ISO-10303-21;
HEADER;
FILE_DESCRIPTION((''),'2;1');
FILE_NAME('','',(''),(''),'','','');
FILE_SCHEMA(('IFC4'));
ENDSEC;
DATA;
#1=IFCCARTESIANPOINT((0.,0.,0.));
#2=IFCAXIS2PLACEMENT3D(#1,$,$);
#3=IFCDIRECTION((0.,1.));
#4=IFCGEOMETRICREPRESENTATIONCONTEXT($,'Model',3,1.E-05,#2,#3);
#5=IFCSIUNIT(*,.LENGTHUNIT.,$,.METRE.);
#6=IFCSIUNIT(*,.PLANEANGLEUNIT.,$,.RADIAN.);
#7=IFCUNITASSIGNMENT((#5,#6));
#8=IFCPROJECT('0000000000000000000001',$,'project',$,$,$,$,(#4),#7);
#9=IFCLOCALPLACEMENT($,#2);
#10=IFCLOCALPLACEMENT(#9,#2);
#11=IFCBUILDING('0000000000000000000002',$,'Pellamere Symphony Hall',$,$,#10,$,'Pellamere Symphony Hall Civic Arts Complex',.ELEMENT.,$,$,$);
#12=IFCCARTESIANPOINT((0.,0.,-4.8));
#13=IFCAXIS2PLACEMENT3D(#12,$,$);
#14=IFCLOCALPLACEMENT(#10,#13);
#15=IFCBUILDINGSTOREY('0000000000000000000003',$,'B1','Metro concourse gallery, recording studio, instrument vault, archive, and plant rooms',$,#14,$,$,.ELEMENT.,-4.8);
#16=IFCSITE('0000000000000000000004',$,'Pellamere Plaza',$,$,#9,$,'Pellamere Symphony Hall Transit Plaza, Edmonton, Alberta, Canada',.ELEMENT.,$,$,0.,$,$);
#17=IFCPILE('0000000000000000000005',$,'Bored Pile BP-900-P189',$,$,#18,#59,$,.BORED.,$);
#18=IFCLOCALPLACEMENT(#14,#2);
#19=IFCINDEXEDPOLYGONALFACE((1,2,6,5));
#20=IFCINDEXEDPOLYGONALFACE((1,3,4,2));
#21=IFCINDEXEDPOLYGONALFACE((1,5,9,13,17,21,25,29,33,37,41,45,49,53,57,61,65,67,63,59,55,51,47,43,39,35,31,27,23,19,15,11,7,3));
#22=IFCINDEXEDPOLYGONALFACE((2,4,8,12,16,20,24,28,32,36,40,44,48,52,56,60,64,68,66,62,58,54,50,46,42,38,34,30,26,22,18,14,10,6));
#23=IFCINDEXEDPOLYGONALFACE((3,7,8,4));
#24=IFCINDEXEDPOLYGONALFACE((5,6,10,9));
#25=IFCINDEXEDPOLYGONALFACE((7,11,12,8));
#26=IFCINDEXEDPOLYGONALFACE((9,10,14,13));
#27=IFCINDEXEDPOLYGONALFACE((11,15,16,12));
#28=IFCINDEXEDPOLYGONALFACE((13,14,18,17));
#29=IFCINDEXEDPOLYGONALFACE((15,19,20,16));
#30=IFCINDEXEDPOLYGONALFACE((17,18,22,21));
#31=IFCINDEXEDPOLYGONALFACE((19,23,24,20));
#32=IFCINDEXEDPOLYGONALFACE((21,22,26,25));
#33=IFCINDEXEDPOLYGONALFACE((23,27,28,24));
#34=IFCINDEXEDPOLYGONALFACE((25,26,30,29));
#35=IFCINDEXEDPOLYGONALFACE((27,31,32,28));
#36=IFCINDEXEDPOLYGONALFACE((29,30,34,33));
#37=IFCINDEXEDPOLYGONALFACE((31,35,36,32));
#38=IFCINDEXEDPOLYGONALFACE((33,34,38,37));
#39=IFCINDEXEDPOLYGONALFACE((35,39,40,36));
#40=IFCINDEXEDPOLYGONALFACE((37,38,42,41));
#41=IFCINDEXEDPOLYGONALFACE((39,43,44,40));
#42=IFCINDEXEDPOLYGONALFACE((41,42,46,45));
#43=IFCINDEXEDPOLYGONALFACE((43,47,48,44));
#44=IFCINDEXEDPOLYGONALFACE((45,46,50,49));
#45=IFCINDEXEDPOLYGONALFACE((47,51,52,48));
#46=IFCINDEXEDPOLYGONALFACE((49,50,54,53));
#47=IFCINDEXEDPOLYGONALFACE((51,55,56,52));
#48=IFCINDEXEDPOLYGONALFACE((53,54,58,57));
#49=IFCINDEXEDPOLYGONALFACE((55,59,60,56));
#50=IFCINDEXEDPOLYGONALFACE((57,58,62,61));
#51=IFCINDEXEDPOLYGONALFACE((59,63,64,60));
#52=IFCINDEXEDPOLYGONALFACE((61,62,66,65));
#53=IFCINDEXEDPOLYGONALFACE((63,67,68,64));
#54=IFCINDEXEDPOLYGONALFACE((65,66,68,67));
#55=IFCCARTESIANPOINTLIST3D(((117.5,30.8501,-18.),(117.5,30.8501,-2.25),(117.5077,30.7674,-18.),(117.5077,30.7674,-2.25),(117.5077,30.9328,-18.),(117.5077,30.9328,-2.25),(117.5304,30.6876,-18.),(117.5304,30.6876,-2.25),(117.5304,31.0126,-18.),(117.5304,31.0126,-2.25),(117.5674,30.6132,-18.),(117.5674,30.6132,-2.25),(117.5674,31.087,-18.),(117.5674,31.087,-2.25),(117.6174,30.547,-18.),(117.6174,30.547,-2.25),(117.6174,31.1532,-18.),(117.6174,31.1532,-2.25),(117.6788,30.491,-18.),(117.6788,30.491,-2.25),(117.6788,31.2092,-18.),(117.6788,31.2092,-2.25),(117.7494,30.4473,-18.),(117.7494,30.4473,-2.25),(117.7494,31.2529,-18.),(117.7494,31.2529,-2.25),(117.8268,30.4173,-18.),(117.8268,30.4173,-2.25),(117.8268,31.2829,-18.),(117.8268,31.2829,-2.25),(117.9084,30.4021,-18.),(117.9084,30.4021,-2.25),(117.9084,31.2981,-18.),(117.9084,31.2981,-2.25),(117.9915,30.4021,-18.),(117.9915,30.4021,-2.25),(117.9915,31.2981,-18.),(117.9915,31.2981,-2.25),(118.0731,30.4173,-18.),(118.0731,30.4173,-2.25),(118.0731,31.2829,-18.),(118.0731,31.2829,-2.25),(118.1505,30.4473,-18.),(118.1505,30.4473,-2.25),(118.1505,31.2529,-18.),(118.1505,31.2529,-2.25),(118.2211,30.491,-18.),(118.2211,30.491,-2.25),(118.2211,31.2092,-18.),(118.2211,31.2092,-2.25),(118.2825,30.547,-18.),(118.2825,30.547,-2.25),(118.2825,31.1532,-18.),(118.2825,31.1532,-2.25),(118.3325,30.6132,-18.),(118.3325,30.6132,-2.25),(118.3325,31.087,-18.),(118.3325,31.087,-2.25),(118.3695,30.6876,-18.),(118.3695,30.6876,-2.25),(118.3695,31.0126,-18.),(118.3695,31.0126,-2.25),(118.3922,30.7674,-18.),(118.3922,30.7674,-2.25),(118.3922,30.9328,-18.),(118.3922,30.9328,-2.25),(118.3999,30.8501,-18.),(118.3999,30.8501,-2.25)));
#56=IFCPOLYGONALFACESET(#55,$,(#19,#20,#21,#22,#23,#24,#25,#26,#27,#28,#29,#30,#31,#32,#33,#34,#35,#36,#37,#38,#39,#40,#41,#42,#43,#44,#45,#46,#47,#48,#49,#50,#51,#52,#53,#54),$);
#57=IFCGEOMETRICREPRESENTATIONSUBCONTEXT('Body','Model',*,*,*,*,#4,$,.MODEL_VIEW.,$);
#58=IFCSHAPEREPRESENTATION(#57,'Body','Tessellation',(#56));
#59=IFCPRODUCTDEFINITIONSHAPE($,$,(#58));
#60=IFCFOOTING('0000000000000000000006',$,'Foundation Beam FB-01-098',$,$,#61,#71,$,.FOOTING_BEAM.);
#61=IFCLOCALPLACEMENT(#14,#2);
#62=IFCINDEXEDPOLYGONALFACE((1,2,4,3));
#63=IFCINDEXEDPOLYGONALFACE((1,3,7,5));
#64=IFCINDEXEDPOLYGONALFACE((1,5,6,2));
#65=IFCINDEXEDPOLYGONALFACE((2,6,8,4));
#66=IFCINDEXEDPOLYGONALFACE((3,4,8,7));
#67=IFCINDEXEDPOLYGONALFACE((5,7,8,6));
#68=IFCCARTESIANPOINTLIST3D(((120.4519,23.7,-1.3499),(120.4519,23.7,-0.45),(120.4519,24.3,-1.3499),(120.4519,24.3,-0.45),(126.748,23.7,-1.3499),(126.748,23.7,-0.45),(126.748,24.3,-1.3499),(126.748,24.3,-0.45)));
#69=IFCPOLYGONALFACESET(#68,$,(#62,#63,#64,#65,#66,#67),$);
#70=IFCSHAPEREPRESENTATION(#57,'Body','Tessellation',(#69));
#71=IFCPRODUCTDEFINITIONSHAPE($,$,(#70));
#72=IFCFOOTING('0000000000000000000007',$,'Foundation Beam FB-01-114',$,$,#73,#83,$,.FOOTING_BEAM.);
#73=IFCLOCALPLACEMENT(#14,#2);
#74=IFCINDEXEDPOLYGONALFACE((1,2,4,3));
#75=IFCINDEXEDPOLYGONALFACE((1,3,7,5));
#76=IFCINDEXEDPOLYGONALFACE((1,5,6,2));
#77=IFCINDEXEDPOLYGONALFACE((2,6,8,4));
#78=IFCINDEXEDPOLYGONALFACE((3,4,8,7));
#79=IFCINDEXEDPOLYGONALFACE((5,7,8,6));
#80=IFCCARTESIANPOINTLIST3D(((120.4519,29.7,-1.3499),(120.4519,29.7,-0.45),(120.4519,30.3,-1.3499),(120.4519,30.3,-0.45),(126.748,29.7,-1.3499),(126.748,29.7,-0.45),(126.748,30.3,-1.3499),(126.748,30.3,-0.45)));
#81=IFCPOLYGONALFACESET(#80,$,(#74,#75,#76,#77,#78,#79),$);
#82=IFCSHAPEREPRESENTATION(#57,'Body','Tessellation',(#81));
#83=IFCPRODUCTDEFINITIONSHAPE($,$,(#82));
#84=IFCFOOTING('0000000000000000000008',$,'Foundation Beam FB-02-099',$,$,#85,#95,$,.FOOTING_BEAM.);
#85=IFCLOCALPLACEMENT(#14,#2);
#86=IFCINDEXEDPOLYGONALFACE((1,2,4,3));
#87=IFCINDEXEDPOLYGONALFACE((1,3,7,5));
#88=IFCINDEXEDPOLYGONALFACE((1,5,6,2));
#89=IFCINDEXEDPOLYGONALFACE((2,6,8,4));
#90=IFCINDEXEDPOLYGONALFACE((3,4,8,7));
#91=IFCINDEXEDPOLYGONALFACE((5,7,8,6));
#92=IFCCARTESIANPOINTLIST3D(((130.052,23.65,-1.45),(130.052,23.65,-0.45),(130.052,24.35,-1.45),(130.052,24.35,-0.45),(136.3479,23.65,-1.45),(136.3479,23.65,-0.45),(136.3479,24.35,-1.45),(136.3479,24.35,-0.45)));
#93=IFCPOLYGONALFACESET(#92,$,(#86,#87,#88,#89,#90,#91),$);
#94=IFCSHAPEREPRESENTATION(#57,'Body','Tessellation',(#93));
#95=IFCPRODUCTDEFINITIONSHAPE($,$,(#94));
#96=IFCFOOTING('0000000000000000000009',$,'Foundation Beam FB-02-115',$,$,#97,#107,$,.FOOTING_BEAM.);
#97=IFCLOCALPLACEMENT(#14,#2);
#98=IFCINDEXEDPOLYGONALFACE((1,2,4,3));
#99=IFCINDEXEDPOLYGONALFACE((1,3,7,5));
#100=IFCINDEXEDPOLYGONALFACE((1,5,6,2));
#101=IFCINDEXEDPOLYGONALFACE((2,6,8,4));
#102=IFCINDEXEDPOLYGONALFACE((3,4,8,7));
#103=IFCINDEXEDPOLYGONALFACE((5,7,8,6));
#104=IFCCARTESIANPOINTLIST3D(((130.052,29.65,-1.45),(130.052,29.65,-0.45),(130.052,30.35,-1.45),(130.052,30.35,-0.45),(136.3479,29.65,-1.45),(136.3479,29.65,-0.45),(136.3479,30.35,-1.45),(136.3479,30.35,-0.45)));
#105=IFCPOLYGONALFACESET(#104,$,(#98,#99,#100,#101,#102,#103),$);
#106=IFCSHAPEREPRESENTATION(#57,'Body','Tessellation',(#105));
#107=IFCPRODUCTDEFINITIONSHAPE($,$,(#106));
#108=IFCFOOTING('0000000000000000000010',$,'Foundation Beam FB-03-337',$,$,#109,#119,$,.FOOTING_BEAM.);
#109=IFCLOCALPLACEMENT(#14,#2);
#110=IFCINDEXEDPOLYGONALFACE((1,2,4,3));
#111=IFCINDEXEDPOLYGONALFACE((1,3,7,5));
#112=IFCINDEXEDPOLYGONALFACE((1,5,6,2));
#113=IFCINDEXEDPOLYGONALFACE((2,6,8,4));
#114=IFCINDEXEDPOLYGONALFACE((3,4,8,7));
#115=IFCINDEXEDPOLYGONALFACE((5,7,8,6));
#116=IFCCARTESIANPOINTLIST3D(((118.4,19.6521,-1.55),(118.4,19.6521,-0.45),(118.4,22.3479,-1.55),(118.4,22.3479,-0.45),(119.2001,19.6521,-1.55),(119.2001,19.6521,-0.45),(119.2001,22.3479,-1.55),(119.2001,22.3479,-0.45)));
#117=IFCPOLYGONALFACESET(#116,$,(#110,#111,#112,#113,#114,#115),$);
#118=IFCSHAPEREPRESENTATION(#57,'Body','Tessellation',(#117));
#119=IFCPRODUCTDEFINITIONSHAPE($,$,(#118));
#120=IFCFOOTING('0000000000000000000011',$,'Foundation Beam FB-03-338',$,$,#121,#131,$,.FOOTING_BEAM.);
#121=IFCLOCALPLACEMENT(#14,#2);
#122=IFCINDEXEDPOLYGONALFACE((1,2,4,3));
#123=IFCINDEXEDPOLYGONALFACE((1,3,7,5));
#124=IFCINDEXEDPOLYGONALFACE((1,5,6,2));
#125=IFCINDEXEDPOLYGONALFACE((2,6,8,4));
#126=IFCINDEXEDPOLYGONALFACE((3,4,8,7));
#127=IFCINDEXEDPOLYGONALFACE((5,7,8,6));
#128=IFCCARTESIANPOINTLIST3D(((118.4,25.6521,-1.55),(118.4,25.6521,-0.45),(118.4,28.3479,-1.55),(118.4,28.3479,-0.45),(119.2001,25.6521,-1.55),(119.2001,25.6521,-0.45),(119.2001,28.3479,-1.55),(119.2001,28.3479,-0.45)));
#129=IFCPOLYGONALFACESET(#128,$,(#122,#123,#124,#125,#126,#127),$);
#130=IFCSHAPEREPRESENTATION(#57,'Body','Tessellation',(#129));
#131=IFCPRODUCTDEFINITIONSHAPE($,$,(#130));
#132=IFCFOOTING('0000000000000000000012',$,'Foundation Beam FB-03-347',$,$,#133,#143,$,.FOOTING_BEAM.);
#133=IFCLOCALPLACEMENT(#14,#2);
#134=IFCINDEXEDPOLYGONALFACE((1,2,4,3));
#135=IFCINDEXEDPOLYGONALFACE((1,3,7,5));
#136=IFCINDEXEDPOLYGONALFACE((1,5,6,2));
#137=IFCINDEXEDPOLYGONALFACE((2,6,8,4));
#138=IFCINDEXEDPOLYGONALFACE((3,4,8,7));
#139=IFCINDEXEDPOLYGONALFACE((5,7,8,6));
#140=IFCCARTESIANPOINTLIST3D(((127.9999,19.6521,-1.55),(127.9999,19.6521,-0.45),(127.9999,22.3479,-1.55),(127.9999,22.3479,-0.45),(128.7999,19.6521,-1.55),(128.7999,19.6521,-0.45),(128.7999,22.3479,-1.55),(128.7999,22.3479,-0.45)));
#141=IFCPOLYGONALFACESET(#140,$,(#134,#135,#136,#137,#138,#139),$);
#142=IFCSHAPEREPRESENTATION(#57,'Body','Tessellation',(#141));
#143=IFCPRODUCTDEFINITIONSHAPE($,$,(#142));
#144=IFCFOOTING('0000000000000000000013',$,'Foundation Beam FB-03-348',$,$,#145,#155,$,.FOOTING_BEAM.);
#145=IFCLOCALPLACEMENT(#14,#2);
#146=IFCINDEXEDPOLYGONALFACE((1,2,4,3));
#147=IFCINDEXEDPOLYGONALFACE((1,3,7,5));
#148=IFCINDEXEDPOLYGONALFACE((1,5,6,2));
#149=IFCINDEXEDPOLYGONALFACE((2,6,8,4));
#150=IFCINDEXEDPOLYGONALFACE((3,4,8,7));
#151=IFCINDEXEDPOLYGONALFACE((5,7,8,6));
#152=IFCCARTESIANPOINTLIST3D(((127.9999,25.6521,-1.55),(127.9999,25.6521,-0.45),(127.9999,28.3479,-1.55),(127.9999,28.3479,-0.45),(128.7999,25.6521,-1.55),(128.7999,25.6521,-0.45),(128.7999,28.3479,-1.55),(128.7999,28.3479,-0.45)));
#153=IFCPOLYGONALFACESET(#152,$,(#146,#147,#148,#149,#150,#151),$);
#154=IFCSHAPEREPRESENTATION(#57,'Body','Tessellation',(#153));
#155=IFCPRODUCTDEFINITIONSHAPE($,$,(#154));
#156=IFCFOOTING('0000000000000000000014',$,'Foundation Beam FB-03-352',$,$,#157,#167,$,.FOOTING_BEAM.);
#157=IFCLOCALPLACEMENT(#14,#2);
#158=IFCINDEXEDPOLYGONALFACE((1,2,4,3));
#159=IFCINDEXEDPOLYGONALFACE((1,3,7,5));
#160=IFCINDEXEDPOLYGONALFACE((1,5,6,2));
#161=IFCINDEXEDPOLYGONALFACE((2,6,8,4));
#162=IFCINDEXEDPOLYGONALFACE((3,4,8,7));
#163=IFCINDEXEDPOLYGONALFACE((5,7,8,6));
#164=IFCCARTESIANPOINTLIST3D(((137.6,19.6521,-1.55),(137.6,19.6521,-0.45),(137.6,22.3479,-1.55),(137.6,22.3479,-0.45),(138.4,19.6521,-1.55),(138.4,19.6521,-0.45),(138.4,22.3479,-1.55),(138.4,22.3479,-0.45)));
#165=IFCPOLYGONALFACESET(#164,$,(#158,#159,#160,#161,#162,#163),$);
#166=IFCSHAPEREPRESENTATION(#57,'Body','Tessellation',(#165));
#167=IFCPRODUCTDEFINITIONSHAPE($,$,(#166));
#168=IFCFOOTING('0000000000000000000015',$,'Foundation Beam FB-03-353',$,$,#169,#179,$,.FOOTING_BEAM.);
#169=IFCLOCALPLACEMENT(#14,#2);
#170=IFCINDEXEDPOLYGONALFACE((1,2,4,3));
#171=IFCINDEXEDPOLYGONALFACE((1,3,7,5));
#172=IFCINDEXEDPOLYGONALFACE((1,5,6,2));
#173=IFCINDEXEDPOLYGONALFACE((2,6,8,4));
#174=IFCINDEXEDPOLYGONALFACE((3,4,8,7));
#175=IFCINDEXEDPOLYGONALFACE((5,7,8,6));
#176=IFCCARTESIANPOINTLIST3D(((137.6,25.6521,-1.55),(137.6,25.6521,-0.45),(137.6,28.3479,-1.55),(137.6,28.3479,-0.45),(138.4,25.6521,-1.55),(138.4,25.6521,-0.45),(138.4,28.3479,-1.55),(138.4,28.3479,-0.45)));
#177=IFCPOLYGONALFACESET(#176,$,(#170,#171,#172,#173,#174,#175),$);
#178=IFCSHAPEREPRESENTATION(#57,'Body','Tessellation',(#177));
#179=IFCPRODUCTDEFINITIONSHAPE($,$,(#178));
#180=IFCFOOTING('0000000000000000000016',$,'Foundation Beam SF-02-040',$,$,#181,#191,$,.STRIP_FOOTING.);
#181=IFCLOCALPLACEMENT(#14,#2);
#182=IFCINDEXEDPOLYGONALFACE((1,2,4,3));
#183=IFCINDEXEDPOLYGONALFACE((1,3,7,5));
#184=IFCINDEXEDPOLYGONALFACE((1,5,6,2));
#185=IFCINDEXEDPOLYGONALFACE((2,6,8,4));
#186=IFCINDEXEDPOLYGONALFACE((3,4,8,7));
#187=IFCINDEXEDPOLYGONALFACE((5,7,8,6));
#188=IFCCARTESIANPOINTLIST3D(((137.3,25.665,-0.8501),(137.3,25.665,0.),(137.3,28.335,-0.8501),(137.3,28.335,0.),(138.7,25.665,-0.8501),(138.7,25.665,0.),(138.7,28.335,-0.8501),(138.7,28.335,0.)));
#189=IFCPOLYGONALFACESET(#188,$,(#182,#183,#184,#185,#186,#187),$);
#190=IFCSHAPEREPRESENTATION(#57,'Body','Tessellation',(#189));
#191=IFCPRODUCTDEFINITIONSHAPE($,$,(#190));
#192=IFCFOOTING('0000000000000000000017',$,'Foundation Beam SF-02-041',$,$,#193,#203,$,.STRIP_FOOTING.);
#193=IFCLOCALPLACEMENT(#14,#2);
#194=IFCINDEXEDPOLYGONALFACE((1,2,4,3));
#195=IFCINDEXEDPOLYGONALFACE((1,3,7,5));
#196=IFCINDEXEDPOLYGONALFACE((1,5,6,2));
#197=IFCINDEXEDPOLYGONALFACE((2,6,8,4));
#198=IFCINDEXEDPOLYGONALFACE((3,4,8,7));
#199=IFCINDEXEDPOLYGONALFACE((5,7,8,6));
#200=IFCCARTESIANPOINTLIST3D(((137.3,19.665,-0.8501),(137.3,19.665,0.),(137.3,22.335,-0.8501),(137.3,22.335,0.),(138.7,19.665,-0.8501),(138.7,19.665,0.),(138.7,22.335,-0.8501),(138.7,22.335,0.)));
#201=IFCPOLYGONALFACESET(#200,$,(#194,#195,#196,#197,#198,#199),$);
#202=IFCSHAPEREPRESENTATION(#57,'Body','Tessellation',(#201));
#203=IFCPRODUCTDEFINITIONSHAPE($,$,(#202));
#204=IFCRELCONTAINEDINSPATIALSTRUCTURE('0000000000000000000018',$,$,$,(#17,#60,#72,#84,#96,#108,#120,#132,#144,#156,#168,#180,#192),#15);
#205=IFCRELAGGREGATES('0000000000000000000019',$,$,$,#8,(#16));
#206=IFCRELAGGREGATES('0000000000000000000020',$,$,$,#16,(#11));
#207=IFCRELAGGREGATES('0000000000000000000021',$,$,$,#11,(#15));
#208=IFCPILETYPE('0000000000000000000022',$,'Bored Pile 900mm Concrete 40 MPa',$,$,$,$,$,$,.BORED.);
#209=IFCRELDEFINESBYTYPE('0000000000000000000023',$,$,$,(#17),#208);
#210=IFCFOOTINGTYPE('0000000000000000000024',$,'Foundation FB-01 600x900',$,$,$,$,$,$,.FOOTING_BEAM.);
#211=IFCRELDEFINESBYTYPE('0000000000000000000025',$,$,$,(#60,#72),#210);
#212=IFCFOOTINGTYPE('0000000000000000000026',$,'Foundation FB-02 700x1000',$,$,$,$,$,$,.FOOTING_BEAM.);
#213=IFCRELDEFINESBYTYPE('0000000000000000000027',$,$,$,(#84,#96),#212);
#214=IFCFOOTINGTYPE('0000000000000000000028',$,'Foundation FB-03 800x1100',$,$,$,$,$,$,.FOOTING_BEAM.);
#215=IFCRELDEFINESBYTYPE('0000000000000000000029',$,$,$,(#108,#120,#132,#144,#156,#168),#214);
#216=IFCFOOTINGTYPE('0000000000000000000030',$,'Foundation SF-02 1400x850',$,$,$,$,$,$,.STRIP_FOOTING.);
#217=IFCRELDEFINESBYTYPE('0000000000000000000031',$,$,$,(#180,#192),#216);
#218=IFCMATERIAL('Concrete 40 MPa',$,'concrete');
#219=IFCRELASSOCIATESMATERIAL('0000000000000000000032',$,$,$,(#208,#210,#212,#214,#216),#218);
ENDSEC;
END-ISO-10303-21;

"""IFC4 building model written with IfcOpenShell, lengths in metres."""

from ifc_helpers import new_model, si_unit, direction, frame, origin, origin_2d, place, context, subcontext, project, spatial, rectangle, circle, extrude, material, material_profile, profile_set, type_object, element, save


model = new_model("IFC4")

# Units and contexts
model_context = context("Model", 3, precision=1e-05, world=origin(), true_north=direction((0.0, 1.0)))
body_context = subcontext(model_context, "Body", "Model", "MODEL_VIEW")
ifc_project = project(units=[si_unit("LENGTHUNIT", "METRE"), si_unit("PLANEANGLEUNIT", "RADIAN")], contexts=[model_context])

# Site, building, storey
site_placement = place(None, origin())
site = spatial("IfcSite", under=ifc_project, at=site_placement, Name="Pellamere Plaza", LongName="Pellamere Symphony Hall Transit Plaza, Edmonton, Alberta, Canada", CompositionType="ELEMENT", RefElevation=0.0)
building_placement = place(site_placement, origin())
building = spatial("IfcBuilding", under=site, at=building_placement, Name="Pellamere Symphony Hall", LongName="Pellamere Symphony Hall Civic Arts Complex", CompositionType="ELEMENT")
storey_placement = place(building_placement, frame((0.0, 0.0, -4.8)))
storey = spatial("IfcBuildingStorey", under=building, at=storey_placement, Name="B1", Description="Metro concourse gallery, recording studio, instrument vault, archive, and plant rooms", CompositionType="ELEMENT", Elevation=-4.8)

# Pile
ifc_material_1 = material(Name="Concrete 40 MPa", Category="concrete")
ifc_material_profile_1 = material_profile(ifc_material_1, circle(Radius=0.45, at=origin_2d()), Name="PILE D900")
ifc_profile_set_1 = profile_set([ifc_material_profile_1], Name="Concrete 40 MPa")
pile_type_1 = type_object("IfcPileType", Name="Bored Pile 900mm Concrete 40 MPa", PredefinedType="BORED", material=ifc_profile_set_1)
pile_1_placement = place(storey_placement, frame((117.95, 30.8501, -2.25), z_axis=(0.0, 0.0, -1.0), x_axis=(1.0, 0.0, 0.0)))
element("IfcPile", 1, at=pile_1_placement, inside=storey, type_object=pile_type_1, Name="Bored Pile BP-900-P189", PredefinedType="BORED", context=body_context, shape_type="SweptSolid", body=[
    extrude(circle(Radius=0.45, at=origin_2d()), origin(), (0.0, 0.0, 1.0), 15.75),
])

# Footings
ifc_material_profile_2 = material_profile(ifc_material_1, rectangle(XDim=0.6001, YDim=0.8999, at=origin_2d()), Name="RC 600x900")
ifc_profile_set_2 = profile_set([ifc_material_profile_2], Name="Concrete 40 MPa")
footing_type_1 = type_object("IfcFootingType", Name="Foundation FB-01 600x900", PredefinedType="FOOTING_BEAM", material=ifc_profile_set_2)
for number, where, z_axis, x_axis, name in (
    (2, (120.4519, 24.0, -0.8999), (1.0, 0.0, 0.0), (0.0, 1.0, 0.0), "Foundation Beam FB-01-098"),
    (3, (120.4519, 30.0, -0.8999), (1.0, 0.0, 0.0), (0.0, 1.0, 0.0), "Foundation Beam FB-01-114"),
):
    element("IfcFooting", number, at=place(storey_placement, frame(where, z_axis=z_axis, x_axis=x_axis)), inside=storey, type_object=footing_type_1, Name=name, PredefinedType="FOOTING_BEAM", context=body_context, shape_type="SweptSolid", body=[
        extrude(rectangle(XDim=0.6001, YDim=0.8999, at=origin_2d()), origin(), (0.0, 0.0, 1.0), 6.2961),
    ])
ifc_material_profile_3 = material_profile(ifc_material_1, rectangle(XDim=0.7, YDim=1.0, at=origin_2d()), Name="RC 700x1000")
ifc_profile_set_3 = profile_set([ifc_material_profile_3], Name="Concrete 40 MPa")
footing_type_2 = type_object("IfcFootingType", Name="Foundation FB-02 700x1000", PredefinedType="FOOTING_BEAM", material=ifc_profile_set_3)
for number, where, z_axis, x_axis, name in (
    (4, (130.052, 24.0, -0.95), (1.0, 0.0, 0.0), (0.0, 1.0, 0.0), "Foundation Beam FB-02-099"),
    (5, (130.052, 30.0, -0.95), (1.0, 0.0, 0.0), (0.0, 1.0, 0.0), "Foundation Beam FB-02-115"),
):
    element("IfcFooting", number, at=place(storey_placement, frame(where, z_axis=z_axis, x_axis=x_axis)), inside=storey, type_object=footing_type_2, Name=name, PredefinedType="FOOTING_BEAM", context=body_context, shape_type="SweptSolid", body=[
        extrude(rectangle(XDim=0.7, YDim=1.0, at=origin_2d()), origin(), (0.0, 0.0, 1.0), 6.2959),
    ])
ifc_material_profile_4 = material_profile(ifc_material_1, rectangle(XDim=0.8, YDim=1.1001, at=origin_2d()), Name="RC 800x1100")
ifc_profile_set_4 = profile_set([ifc_material_profile_4], Name="Concrete 40 MPa")
footing_type_3 = type_object("IfcFootingType", Name="Foundation FB-03 800x1100", PredefinedType="FOOTING_BEAM", material=ifc_profile_set_4)
for number, where, z_axis, x_axis, name in (
    (6, (118.8, 19.6521, -1.0), (0.0, 1.0, 0.0), (-1.0, 0.0, 0.0), "Foundation Beam FB-03-337"),
    (7, (118.8, 25.6521, -1.0), (0.0, 1.0, 0.0), (-1.0, 0.0, 0.0), "Foundation Beam FB-03-338"),
    (8, (128.3999, 19.6521, -1.0), (0.0, 1.0, 0.0), (-1.0, 0.0, 0.0), "Foundation Beam FB-03-347"),
    (9, (128.3999, 25.6521, -1.0), (0.0, 1.0, 0.0), (-1.0, 0.0, 0.0), "Foundation Beam FB-03-348"),
    (10, (138.0, 19.6521, -1.0), (0.0, 1.0, 0.0), (-1.0, 0.0, 0.0), "Foundation Beam FB-03-352"),
    (11, (138.0, 25.6521, -1.0), (0.0, 1.0, 0.0), (-1.0, 0.0, 0.0), "Foundation Beam FB-03-353"),
):
    element("IfcFooting", number, at=place(storey_placement, frame(where, z_axis=z_axis, x_axis=x_axis)), inside=storey, type_object=footing_type_3, Name=name, PredefinedType="FOOTING_BEAM", context=body_context, shape_type="SweptSolid", body=[
        extrude(rectangle(XDim=0.8, YDim=1.1001, at=origin_2d()), origin(), (0.0, 0.0, 1.0), 2.6958),
    ])
ifc_material_profile_5 = material_profile(ifc_material_1, rectangle(XDim=1.3999, YDim=0.8501, at=origin_2d()), Name="RC 1400x850")
ifc_profile_set_5 = profile_set([ifc_material_profile_5], Name="Concrete 40 MPa")
footing_type_4 = type_object("IfcFootingType", Name="Foundation SF-02 1400x850", PredefinedType="STRIP_FOOTING", material=ifc_profile_set_5)
for number, where, z_axis, x_axis, name in (
    (12, (138.0, 28.335, -0.425), (0.0, -1.0, 0.0), (1.0, 0.0, 0.0), "Foundation Beam SF-02-040"),
    (13, (138.0, 22.335, -0.425), (0.0, -1.0, 0.0), (1.0, 0.0, 0.0), "Foundation Beam SF-02-041"),
):
    element("IfcFooting", number, at=place(storey_placement, frame(where, z_axis=z_axis, x_axis=x_axis)), inside=storey, type_object=footing_type_4, Name=name, PredefinedType="STRIP_FOOTING", context=body_context, shape_type="SweptSolid", body=[
        extrude(rectangle(XDim=1.3999, YDim=0.8501, at=origin_2d()), origin(), (0.0, 0.0, 1.0), 2.6699),
    ])

save(model, "model.ifc")
